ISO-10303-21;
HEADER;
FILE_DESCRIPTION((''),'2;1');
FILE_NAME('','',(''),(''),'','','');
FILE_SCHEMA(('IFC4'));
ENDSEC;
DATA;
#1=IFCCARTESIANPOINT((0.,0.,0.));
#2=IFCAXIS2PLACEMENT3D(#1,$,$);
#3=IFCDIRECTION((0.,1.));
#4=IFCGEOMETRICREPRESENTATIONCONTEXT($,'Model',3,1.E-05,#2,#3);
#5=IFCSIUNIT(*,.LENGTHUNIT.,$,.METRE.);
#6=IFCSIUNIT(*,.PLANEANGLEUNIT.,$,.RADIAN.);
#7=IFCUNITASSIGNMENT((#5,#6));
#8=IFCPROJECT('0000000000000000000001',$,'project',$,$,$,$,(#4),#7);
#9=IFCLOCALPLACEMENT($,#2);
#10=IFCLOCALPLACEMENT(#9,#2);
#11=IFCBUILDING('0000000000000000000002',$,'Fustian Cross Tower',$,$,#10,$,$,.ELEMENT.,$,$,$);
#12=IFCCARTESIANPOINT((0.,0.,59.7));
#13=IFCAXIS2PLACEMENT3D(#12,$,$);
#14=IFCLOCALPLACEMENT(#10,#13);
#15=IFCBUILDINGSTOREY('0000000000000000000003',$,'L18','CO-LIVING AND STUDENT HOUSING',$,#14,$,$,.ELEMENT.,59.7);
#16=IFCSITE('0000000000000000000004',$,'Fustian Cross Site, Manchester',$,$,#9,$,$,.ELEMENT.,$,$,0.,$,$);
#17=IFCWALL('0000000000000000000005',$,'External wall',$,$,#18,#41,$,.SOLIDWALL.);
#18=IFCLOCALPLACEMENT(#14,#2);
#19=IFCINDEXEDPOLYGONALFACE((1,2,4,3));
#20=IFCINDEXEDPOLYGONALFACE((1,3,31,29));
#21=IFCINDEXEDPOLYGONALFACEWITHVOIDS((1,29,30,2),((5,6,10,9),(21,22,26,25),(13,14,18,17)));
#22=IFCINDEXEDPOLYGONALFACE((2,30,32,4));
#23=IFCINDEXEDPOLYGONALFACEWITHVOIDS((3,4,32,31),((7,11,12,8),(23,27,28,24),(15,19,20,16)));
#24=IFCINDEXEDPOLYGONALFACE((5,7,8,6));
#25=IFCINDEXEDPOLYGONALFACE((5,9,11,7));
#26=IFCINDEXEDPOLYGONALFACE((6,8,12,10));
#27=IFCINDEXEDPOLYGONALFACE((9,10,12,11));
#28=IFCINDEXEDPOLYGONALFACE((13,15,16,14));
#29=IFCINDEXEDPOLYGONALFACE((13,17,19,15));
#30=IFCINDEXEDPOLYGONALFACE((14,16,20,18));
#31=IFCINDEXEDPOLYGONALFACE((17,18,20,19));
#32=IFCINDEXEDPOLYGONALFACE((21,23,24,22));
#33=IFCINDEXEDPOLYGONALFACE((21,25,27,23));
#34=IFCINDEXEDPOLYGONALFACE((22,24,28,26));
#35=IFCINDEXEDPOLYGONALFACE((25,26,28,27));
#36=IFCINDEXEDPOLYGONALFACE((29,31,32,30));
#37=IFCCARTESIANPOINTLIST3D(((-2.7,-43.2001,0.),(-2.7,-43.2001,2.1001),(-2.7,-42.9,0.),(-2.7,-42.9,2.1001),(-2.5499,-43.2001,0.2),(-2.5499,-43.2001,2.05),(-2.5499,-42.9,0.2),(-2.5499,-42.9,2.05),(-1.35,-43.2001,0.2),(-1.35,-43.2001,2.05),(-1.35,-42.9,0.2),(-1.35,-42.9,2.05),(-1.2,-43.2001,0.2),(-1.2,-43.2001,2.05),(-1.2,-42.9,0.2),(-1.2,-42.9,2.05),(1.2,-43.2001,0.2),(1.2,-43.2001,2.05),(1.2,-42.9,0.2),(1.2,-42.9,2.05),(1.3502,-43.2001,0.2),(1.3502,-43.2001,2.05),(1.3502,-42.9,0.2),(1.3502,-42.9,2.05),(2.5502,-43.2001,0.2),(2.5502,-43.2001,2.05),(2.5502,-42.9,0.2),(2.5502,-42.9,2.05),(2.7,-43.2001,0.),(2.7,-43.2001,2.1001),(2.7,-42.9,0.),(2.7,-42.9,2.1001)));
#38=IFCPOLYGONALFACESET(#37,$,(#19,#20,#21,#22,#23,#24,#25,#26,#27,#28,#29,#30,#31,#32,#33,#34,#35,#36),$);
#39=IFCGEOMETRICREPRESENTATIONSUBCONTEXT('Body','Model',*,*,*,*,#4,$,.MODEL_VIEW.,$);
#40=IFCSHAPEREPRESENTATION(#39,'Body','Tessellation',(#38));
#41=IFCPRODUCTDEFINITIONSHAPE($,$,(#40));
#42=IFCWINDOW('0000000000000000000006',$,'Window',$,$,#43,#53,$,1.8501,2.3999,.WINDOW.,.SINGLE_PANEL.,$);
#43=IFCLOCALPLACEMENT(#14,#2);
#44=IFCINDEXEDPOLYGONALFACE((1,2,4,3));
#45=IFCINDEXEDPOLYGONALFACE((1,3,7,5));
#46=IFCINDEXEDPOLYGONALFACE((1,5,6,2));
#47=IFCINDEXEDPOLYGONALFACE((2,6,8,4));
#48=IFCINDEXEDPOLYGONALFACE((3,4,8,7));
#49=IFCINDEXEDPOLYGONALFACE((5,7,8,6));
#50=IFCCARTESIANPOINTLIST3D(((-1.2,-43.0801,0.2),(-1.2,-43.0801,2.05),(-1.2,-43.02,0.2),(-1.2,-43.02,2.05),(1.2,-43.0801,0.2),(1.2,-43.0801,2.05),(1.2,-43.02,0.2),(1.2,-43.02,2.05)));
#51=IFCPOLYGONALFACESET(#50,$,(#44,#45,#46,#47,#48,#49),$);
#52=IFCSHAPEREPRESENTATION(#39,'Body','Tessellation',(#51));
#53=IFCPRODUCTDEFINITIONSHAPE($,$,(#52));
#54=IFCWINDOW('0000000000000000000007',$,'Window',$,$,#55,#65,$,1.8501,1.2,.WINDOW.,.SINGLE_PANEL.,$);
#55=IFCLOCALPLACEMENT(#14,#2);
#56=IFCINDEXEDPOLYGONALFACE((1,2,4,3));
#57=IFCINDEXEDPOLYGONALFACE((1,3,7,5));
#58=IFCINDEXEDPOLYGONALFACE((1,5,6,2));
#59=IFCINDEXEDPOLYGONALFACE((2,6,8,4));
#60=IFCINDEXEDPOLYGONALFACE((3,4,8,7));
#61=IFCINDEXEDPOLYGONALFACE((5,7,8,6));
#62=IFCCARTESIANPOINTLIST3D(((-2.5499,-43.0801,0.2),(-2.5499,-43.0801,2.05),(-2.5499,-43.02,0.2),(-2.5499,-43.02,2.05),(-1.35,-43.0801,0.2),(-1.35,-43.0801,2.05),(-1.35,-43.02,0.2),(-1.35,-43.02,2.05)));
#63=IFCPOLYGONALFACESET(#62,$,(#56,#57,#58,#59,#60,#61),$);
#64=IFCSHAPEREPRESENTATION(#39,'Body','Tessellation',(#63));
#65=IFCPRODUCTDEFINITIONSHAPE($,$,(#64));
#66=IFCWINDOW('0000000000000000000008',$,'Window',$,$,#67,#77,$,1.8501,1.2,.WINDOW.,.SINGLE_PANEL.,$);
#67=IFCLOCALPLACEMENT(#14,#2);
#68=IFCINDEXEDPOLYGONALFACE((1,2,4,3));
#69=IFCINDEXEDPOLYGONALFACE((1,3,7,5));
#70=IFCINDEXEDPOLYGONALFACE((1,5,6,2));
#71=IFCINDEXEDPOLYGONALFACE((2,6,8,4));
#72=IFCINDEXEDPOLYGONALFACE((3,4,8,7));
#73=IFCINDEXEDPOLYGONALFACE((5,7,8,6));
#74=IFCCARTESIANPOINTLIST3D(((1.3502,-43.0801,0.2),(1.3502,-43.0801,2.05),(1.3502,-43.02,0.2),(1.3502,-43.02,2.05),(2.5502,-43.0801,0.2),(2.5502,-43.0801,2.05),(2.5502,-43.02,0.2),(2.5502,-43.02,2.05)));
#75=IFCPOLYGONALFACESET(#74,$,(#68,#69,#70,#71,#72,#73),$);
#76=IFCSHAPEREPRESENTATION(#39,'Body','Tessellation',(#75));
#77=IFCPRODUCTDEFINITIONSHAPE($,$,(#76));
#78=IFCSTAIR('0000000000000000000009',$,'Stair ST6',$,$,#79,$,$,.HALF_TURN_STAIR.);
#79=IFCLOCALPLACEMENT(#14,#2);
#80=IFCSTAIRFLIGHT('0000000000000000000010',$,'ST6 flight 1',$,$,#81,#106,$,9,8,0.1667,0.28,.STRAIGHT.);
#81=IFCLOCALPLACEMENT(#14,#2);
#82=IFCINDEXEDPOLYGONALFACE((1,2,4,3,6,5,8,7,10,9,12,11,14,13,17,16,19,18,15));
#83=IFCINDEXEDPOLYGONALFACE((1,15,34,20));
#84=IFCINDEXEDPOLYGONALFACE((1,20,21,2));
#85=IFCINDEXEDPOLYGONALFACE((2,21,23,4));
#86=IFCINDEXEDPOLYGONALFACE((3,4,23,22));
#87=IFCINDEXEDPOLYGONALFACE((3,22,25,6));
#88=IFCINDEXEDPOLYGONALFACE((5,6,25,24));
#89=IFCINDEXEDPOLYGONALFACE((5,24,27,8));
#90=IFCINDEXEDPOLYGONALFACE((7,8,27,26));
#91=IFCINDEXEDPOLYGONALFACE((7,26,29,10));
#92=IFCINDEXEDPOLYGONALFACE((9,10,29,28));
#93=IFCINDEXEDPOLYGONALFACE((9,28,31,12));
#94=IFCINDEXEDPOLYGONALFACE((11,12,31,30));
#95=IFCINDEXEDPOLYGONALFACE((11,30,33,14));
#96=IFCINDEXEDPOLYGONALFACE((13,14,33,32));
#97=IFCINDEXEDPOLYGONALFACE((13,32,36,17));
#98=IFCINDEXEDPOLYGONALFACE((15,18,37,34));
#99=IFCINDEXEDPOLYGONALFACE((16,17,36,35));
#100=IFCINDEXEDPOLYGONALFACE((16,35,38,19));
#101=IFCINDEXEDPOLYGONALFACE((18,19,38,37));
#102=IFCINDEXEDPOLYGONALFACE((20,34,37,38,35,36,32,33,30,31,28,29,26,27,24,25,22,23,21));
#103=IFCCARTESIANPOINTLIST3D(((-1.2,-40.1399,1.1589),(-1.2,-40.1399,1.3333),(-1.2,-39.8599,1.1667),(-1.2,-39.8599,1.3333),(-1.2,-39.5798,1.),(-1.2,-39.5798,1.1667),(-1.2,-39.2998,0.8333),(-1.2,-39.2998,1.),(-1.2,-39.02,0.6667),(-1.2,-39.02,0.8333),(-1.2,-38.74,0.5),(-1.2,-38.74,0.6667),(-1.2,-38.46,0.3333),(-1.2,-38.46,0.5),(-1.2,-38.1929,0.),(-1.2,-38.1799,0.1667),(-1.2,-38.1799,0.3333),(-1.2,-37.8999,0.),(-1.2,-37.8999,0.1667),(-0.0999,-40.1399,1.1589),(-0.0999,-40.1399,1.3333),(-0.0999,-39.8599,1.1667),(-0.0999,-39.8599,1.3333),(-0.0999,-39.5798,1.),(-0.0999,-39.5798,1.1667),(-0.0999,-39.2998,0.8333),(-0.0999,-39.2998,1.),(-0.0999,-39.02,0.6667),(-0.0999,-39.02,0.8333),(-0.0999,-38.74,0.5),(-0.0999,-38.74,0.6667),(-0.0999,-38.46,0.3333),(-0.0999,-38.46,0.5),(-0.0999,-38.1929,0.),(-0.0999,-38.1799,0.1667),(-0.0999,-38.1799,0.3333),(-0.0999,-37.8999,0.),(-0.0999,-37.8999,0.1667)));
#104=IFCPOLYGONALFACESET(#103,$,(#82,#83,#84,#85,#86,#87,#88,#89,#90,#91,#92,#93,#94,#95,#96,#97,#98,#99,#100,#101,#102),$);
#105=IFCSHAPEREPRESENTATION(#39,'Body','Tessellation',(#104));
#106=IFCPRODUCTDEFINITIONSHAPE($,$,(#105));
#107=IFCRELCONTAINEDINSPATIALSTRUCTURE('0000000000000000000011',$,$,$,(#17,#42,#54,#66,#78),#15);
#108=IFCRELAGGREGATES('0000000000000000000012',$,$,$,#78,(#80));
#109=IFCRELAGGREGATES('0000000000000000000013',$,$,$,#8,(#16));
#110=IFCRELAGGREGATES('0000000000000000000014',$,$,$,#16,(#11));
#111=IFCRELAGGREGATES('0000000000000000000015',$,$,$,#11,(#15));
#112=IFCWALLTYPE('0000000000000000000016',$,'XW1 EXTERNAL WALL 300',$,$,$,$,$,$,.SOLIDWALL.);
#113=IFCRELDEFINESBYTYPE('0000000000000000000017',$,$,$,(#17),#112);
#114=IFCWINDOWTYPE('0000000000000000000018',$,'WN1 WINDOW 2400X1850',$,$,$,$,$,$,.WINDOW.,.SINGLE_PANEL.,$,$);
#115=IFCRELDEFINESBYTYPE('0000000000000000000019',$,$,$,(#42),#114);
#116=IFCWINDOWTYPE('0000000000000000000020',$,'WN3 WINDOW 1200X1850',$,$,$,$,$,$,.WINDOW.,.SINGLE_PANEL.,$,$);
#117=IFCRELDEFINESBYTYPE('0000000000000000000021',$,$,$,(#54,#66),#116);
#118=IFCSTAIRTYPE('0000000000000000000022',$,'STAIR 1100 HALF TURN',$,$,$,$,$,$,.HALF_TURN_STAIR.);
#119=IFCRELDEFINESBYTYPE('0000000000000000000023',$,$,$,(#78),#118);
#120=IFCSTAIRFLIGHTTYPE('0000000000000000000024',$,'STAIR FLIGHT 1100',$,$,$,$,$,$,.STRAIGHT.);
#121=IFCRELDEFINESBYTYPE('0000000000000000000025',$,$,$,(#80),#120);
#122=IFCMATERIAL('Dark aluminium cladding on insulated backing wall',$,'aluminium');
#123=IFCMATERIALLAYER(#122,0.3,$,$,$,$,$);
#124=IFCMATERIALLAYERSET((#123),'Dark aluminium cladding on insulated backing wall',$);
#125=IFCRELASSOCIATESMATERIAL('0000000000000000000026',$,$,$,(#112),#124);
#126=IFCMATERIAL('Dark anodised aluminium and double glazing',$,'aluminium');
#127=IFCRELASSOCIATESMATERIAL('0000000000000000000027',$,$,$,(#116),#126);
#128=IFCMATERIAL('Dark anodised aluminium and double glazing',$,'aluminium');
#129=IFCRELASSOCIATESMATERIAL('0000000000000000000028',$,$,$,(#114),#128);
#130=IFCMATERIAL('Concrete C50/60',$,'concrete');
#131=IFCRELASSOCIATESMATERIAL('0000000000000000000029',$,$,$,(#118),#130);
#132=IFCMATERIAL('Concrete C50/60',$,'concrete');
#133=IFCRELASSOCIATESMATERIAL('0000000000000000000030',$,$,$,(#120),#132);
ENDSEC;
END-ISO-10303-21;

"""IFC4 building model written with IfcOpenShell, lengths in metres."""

from ifc_helpers import new_model, si_unit, direction, frame, frame_2d, origin, place, context, subcontext, project, spatial, polyline, rectangle, outline, extrude, material, layer, layer_set, type_object, element, fill, aggregate, save


model = new_model("IFC4")

# Units and contexts
model_context = context("Model", 3, precision=1e-05, world=origin(), true_north=direction((0.0, 1.0)))
body_context = subcontext(model_context, "Body", "Model", "MODEL_VIEW")
ifc_project = project(units=[si_unit("LENGTHUNIT", "METRE"), si_unit("PLANEANGLEUNIT", "RADIAN")], contexts=[model_context])

# Site, building, storey
site_placement = place(None, origin())
site = spatial("IfcSite", under=ifc_project, at=site_placement, Name="Fustian Cross Site, Manchester", CompositionType="ELEMENT", RefElevation=0.0)
building_placement = place(site_placement, origin())
building = spatial("IfcBuilding", under=site, at=building_placement, Name="Fustian Cross Tower", CompositionType="ELEMENT")
storey_placement = place(building_placement, frame((0.0, 0.0, 59.7)))
storey = spatial("IfcBuildingStorey", under=building, at=storey_placement, Name="L18", Description="CO-LIVING AND STUDENT HOUSING", CompositionType="ELEMENT", Elevation=59.7)

# Shared definitions
ifc_material_1 = material(Name="Dark aluminium cladding on insulated backing wall", Category="aluminium")
ifc_layer_1 = layer(ifc_material_1, 0.3)
ifc_layer_set_1 = layer_set([ifc_layer_1], Name="Dark aluminium cladding on insulated backing wall")
wall_type_1 = type_object("IfcWallType", Name="XW1 EXTERNAL WALL 300", PredefinedType="SOLIDWALL", material=ifc_layer_set_1)

# Shared definitions
ifc_material_2 = material(Name="Dark anodised aluminium and double glazing", Category="aluminium")
window_type_1 = type_object("IfcWindowType", Name="WN3 WINDOW 1200X1850", PartitioningType="SINGLE_PANEL", PredefinedType="WINDOW", material=ifc_material_2)

# Wall, openings, windows
wall_1_placement = place(storey_placement, frame((-2.7, -43.05, 0.0), z_axis=(0.0, 0.0, 1.0), x_axis=(1.0, 0.0, 0.0)))
wall_1 = element("IfcWall", 1, at=wall_1_placement, inside=storey, type_object=wall_type_1, Name="External wall", PredefinedType="SOLIDWALL", context=body_context, shape_type="SweptSolid", body=[
    extrude(rectangle(XDim=5.3999, YDim=0.3, at=frame_2d((2.7, 0.0))), origin(), (0.0, 0.0, 1.0), 2.1001),
])
opening_1_placement = place(wall_1_placement, frame((1.5, 0.0, 0.2)))
opening_1 = element("IfcOpeningElement", 2, at=opening_1_placement, cuts=wall_1, PredefinedType="OPENING", context=body_context, shape_type="SweptSolid", body=[
    extrude(rectangle(XDim=2.3999, YDim=1.8501, at=frame_2d((1.2, 0.925))), frame((0.0, 0.1599, 0.0), z_axis=(0.0, -1.0, 0.0), x_axis=(1.0, 0.0, 0.0)), (0.0, 0.0, 1.0), 0.3201),
])
opening_2_placement = place(wall_1_placement, frame((0.1499, 0.0, 0.2)))
opening_2 = element("IfcOpeningElement", 3, at=opening_2_placement, cuts=wall_1, PredefinedType="OPENING", context=body_context, shape_type="SweptSolid", body=[
    extrude(rectangle(XDim=1.2, YDim=1.8501, at=frame_2d((0.6001, 0.925))), frame((0.0, 0.1599, 0.0), z_axis=(0.0, -1.0, 0.0), x_axis=(1.0, 0.0, 0.0)), (0.0, 0.0, 1.0), 0.3201),
])
opening_3_placement = place(wall_1_placement, frame((4.05, 0.0, 0.2)))
opening_3 = element("IfcOpeningElement", 4, at=opening_3_placement, cuts=wall_1, PredefinedType="OPENING", context=body_context, shape_type="SweptSolid", body=[
    extrude(rectangle(XDim=1.2, YDim=1.8501, at=frame_2d((0.6001, 0.925))), frame((0.0, 0.1599, 0.0), z_axis=(0.0, -1.0, 0.0), x_axis=(1.0, 0.0, 0.0)), (0.0, 0.0, 1.0), 0.3201),
])
ifc_material_3 = material(Name="Dark anodised aluminium and double glazing", Category="aluminium")
window_type_2 = type_object("IfcWindowType", Name="WN1 WINDOW 2400X1850", PartitioningType="SINGLE_PANEL", PredefinedType="WINDOW", material=ifc_material_3)
window_1_placement = place(opening_1_placement, origin())
window_1 = element("IfcWindow", 5, at=window_1_placement, inside=storey, type_object=window_type_2, Name="Window", OverallHeight=1.8501, OverallWidth=2.3999, PartitioningType="SINGLE_PANEL", PredefinedType="WINDOW", context=body_context, shape_type="SweptSolid", body=[
    extrude(rectangle(XDim=2.3999, YDim=1.8501, at=frame_2d((1.2, 0.925))), frame((0.0, 0.03, 0.0), z_axis=(0.0, -1.0, 0.0), x_axis=(1.0, 0.0, 0.0)), (0.0, 0.0, 1.0), 0.0601),
])
fill(opening_1, window_1)
window_2_placement = place(opening_2_placement, origin())
window_2 = element("IfcWindow", 6, at=window_2_placement, inside=storey, type_object=window_type_1, Name="Window", OverallHeight=1.8501, OverallWidth=1.2, PartitioningType="SINGLE_PANEL", PredefinedType="WINDOW", context=body_context, shape_type="SweptSolid", body=[
    extrude(rectangle(XDim=1.2, YDim=1.8501, at=frame_2d((0.6001, 0.925))), frame((0.0, 0.03, 0.0), z_axis=(0.0, -1.0, 0.0), x_axis=(1.0, 0.0, 0.0)), (0.0, 0.0, 1.0), 0.0601),
])
fill(opening_2, window_2)
window_3_placement = place(opening_3_placement, origin())
window_3 = element("IfcWindow", 7, at=window_3_placement, inside=storey, type_object=window_type_1, Name="Window", OverallHeight=1.8501, OverallWidth=1.2, PartitioningType="SINGLE_PANEL", PredefinedType="WINDOW", context=body_context, shape_type="SweptSolid", body=[
    extrude(rectangle(XDim=1.2, YDim=1.8501, at=frame_2d((0.6001, 0.925))), frame((0.0, 0.03, 0.0), z_axis=(0.0, -1.0, 0.0), x_axis=(1.0, 0.0, 0.0)), (0.0, 0.0, 1.0), 0.0601),
])
fill(opening_3, window_3)

# Stair, stair flight
ifc_material_4 = material(Name="Concrete C50/60", Category="concrete")
stair_type = type_object("IfcStairType", Name="STAIR 1100 HALF TURN", PredefinedType="HALF_TURN_STAIR", material=ifc_material_4)
stair_placement = place(storey_placement, origin())
stair = element("IfcStair", 8, at=stair_placement, inside=storey, type_object=stair_type, Name="Stair ST6", PredefinedType="HALF_TURN_STAIR")
ifc_material_5 = material(Name="Concrete C50/60", Category="concrete")
stair_flight_type = type_object("IfcStairFlightType", Name="STAIR FLIGHT 1100", PredefinedType="STRAIGHT", material=ifc_material_5)
stair_flight_placement = place(storey_placement, frame((-0.6499, -37.8999, 0.0), z_axis=(0.0, 0.0, 1.0), x_axis=(0.0, -1.0, 0.0)))
stair_flight = element("IfcStairFlight", 9, at=stair_flight_placement, type_object=stair_flight_type, Name="ST6 flight 1", NumberOfRisers=9, NumberOfTreads=8, PredefinedType="STRAIGHT", RiserHeight=0.1667, TreadLength=0.28, context=body_context, shape_type="SweptSolid", body=[
    extrude(outline(polyline([(0.0, 0.0), (0.0, 0.1667), (0.28, 0.1667), (0.28, 0.3333), (0.5601, 0.3333), (0.5601, 0.5), (0.8401, 0.5), (0.8401, 0.6667), (1.1201, 0.6667), (1.1201, 0.8333), (1.3999, 0.8333), (1.3999, 1.0), (1.6799, 1.0), (1.6799, 1.1667), (1.96, 1.1667), (1.96, 1.3333), (2.24, 1.3333), (2.24, 1.5), (2.24, 1.1589), (0.293, 0.0), (0.0, 0.0)])), frame((0.0, 0.55, 0.0), z_axis=(0.0, -1.0, 0.0), x_axis=(1.0, 0.0, 0.0)), (0.0, 0.0, 1.0), 1.1001),
])
aggregate(stair, [stair_flight])

save(model, "model.ifc")
